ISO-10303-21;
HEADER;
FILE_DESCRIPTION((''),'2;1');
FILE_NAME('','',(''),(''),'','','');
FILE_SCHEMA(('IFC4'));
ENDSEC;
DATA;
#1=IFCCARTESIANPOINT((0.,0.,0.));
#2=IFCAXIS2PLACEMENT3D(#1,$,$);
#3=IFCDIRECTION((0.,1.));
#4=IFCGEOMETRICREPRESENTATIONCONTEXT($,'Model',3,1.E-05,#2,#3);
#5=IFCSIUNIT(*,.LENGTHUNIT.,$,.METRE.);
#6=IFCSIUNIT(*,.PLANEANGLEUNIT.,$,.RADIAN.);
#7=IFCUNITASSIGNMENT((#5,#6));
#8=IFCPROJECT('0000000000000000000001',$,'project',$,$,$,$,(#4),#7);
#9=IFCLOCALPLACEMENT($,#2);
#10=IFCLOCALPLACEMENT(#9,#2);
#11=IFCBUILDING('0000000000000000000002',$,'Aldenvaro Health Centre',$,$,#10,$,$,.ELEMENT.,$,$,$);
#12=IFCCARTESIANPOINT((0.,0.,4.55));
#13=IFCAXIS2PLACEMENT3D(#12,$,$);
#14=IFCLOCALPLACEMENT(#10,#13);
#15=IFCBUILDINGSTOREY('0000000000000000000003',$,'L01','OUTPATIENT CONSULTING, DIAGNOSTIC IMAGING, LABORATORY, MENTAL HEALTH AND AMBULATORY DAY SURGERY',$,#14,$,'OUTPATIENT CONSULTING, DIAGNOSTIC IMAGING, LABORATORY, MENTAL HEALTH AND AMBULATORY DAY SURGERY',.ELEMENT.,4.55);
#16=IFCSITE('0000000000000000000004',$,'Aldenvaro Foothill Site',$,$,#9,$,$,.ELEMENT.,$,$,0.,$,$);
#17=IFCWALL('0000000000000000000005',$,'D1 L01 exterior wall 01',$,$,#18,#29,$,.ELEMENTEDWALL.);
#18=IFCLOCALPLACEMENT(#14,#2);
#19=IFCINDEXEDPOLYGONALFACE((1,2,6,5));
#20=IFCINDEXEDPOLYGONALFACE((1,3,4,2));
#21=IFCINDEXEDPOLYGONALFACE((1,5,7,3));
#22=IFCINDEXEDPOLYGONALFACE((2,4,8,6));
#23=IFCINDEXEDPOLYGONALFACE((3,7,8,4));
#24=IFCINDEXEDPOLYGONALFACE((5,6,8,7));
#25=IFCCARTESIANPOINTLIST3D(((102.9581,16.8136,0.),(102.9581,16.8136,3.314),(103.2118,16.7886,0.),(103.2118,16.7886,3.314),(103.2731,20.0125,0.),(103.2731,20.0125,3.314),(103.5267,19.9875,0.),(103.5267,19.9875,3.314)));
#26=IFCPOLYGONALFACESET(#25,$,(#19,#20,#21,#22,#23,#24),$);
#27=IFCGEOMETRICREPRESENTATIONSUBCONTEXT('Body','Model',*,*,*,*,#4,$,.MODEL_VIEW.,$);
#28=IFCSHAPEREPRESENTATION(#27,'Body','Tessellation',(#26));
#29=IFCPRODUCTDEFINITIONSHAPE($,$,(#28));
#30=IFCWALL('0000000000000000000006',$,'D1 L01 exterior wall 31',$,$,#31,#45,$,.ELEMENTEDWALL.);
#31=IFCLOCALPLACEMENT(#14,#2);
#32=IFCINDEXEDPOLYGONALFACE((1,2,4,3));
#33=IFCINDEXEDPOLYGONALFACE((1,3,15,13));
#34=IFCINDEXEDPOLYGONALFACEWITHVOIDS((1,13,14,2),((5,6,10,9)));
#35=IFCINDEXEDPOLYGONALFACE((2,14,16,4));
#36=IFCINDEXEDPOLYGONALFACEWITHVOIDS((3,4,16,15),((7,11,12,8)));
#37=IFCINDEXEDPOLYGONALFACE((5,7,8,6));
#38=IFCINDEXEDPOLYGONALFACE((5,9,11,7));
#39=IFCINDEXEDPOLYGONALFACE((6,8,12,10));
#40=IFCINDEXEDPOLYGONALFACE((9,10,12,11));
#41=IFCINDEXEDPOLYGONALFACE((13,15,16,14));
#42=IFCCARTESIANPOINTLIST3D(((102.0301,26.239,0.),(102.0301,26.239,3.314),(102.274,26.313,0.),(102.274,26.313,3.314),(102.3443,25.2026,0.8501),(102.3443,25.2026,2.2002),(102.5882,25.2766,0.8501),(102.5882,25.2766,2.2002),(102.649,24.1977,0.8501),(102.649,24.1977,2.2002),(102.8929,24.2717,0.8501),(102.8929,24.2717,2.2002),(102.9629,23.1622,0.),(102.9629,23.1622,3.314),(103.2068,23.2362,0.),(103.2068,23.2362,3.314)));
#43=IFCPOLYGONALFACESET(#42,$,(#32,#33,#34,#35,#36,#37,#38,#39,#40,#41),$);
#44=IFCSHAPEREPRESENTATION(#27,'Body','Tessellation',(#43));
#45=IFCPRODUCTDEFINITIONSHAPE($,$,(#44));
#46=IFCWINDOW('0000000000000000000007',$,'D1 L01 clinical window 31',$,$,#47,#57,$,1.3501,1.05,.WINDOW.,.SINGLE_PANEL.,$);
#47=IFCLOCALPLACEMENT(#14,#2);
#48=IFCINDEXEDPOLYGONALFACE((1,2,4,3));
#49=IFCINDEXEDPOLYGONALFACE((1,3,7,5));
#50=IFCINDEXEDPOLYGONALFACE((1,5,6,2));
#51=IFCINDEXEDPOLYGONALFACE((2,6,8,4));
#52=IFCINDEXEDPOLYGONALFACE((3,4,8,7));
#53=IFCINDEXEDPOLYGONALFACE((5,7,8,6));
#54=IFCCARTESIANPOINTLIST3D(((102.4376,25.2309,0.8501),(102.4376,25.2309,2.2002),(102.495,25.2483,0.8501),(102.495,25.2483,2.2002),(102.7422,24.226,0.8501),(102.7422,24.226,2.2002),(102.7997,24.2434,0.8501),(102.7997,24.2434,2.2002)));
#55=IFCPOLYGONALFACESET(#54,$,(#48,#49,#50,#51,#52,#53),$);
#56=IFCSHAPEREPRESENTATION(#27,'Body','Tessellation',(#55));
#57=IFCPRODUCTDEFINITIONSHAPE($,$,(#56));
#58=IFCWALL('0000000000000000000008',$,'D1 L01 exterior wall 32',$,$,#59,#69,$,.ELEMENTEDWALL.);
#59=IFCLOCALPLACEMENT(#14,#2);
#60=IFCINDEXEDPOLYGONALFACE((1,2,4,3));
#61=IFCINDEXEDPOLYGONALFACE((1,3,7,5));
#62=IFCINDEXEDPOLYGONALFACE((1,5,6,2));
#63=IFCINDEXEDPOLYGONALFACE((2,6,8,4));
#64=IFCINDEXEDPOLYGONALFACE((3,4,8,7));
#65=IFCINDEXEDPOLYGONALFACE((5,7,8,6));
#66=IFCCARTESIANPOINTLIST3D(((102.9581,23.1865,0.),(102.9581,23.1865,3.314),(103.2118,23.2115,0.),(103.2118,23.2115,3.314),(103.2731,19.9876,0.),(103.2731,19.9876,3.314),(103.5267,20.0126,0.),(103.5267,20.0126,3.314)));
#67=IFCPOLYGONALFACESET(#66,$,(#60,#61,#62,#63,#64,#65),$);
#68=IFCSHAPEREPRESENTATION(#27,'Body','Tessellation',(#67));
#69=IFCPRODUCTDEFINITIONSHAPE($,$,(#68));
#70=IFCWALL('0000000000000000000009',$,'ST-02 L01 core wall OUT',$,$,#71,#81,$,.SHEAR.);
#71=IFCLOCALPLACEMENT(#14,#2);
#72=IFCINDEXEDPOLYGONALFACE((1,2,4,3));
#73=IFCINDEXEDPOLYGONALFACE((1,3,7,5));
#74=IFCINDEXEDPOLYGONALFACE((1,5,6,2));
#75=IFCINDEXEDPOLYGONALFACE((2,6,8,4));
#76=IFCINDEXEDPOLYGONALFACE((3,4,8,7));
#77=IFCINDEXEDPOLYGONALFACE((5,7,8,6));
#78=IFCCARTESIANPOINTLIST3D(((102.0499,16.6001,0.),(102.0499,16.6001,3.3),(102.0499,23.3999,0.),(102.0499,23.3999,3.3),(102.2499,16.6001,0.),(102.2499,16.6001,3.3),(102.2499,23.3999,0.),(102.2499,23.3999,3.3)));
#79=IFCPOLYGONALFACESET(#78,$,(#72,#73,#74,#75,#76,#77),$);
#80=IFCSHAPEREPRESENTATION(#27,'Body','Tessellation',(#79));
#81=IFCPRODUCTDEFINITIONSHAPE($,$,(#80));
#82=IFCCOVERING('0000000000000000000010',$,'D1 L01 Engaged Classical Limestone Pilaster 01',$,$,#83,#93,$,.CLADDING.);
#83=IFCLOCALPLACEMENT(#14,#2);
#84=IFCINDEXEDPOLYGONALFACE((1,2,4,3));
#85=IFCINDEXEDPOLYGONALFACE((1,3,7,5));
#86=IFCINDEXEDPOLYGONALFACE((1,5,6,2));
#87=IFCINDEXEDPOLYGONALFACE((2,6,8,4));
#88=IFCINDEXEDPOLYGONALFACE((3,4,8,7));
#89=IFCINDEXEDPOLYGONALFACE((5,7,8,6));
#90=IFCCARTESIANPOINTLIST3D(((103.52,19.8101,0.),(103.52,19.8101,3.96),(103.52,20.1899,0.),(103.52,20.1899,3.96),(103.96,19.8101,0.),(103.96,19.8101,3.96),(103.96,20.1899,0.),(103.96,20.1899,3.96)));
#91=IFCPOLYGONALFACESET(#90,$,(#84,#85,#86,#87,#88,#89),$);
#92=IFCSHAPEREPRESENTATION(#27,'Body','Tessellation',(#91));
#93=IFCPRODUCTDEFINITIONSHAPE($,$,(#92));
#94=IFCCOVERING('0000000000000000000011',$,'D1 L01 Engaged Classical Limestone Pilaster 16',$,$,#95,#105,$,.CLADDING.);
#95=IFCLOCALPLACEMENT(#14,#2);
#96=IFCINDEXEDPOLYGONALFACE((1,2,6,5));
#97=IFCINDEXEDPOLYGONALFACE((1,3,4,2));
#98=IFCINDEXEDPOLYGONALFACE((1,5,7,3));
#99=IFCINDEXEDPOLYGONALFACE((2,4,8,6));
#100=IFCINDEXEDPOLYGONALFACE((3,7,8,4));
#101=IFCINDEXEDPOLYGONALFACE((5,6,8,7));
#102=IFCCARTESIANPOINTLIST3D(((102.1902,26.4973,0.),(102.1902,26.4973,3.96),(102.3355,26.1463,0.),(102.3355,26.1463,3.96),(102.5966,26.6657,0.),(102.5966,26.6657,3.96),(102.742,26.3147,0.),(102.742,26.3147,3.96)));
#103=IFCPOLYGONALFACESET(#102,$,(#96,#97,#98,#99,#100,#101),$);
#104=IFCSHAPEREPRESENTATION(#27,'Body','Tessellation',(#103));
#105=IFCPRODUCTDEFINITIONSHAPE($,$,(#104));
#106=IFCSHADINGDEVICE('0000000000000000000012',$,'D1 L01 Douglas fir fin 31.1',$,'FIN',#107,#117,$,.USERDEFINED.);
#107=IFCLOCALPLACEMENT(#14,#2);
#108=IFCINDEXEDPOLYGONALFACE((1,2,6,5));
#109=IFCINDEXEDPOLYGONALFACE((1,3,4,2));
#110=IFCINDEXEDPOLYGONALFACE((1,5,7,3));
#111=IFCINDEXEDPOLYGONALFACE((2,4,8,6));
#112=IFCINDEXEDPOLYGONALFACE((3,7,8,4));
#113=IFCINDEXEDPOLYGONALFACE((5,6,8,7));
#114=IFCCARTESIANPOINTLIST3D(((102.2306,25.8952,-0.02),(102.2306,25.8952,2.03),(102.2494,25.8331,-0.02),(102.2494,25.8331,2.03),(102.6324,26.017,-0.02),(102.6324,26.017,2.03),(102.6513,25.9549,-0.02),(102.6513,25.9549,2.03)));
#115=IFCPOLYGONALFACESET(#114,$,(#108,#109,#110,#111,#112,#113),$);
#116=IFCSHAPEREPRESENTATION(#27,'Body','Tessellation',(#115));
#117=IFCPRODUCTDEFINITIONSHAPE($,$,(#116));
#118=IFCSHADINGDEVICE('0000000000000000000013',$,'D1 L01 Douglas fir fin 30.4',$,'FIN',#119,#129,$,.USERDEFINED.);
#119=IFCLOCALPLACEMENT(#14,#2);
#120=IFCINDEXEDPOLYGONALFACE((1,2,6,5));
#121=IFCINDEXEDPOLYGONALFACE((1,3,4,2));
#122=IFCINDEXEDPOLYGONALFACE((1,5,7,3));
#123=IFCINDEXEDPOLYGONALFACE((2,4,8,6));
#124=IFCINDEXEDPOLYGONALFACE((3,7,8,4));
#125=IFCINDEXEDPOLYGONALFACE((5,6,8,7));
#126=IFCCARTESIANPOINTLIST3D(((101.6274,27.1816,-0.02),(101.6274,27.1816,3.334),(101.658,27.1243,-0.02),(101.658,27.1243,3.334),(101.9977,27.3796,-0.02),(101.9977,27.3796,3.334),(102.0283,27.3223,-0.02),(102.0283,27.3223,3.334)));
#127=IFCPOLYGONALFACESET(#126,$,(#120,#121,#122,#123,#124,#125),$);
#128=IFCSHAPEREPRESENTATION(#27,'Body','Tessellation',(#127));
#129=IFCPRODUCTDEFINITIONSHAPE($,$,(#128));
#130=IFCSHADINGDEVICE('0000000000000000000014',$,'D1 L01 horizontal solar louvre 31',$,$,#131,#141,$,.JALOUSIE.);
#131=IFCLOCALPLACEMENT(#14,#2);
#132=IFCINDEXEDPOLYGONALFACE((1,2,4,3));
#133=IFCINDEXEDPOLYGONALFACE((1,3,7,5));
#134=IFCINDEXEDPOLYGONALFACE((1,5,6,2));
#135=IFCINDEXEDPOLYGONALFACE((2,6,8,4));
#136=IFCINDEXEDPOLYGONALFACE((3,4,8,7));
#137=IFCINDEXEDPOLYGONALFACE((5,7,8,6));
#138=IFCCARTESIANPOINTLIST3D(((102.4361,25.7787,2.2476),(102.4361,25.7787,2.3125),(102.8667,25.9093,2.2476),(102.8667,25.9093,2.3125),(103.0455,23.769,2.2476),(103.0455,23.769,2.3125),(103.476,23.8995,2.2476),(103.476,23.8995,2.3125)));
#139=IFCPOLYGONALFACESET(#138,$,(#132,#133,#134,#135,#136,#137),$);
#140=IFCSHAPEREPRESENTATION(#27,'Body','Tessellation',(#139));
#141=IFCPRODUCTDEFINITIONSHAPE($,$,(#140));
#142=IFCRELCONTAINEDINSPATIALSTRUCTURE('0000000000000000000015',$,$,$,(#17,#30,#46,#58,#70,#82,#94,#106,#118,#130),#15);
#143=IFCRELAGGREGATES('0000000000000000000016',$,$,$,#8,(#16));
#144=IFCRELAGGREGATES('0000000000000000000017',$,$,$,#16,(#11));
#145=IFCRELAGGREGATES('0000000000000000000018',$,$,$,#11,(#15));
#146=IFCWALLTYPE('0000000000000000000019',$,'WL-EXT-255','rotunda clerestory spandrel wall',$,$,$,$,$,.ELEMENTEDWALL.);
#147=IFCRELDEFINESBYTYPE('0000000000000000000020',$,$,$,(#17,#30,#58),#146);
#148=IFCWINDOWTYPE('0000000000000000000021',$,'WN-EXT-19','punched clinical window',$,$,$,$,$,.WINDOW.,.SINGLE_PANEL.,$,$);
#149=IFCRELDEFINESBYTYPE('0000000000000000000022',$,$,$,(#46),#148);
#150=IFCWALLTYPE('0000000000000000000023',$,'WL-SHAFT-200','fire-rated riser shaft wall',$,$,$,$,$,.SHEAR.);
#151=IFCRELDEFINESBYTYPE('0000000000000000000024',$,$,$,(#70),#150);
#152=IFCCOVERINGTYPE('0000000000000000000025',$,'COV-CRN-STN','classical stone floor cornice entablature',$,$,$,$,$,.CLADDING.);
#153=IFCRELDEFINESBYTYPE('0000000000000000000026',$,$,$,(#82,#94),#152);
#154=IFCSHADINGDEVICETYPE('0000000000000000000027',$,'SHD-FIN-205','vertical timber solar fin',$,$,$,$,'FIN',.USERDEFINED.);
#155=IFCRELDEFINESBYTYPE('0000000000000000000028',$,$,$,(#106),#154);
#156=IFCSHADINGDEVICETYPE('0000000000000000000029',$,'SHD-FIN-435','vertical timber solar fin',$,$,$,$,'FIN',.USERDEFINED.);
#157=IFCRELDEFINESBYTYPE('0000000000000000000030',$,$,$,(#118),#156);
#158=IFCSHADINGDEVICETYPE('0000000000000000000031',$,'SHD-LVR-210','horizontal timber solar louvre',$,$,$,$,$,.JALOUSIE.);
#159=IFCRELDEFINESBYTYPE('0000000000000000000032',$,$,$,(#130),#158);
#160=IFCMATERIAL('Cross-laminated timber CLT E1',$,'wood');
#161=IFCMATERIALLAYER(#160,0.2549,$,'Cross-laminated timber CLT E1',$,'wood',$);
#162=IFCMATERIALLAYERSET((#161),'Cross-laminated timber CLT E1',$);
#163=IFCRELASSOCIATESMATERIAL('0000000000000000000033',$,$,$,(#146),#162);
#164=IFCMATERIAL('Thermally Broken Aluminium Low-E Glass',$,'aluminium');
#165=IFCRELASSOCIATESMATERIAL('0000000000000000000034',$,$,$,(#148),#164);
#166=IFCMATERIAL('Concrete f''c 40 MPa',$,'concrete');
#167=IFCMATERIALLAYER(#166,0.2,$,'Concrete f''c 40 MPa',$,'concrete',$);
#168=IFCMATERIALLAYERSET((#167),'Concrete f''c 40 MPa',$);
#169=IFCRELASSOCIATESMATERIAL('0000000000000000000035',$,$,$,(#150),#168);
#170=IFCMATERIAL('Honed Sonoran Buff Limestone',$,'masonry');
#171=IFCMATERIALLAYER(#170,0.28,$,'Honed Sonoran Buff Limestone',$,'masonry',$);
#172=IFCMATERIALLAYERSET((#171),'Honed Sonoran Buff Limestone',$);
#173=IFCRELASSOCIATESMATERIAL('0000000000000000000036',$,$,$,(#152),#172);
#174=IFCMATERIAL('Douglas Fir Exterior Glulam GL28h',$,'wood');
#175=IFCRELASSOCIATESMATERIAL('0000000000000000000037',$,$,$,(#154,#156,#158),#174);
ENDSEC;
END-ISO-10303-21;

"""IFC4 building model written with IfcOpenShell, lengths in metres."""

from ifc_helpers import new_model, si_unit, direction, frame, frame_2d, origin, origin_2d, place, context, subcontext, project, spatial, rectangle, extrude, material, layer, layer_set, type_object, element, fill, save


model = new_model("IFC4")

# Units and contexts
model_context = context("Model", 3, precision=1e-05, world=origin(), true_north=direction((0.0, 1.0)))
body_context = subcontext(model_context, "Body", "Model", "MODEL_VIEW")
ifc_project = project(units=[si_unit("LENGTHUNIT", "METRE"), si_unit("PLANEANGLEUNIT", "RADIAN")], contexts=[model_context])

# Site, building, storey
site_placement = place(None, origin())
site = spatial("IfcSite", under=ifc_project, at=site_placement, Name="Aldenvaro Foothill Site", CompositionType="ELEMENT", RefElevation=0.0)
building_placement = place(site_placement, origin())
building = spatial("IfcBuilding", under=site, at=building_placement, Name="Aldenvaro Health Centre", CompositionType="ELEMENT")
storey_placement = place(building_placement, frame((0.0, 0.0, 4.55)))
storey = spatial("IfcBuildingStorey", under=building, at=storey_placement, Name="L01", Description="OUTPATIENT CONSULTING, DIAGNOSTIC IMAGING, LABORATORY, MENTAL HEALTH AND AMBULATORY DAY SURGERY", LongName="OUTPATIENT CONSULTING, DIAGNOSTIC IMAGING, LABORATORY, MENTAL HEALTH AND AMBULATORY DAY SURGERY", CompositionType="ELEMENT", Elevation=4.55)

# Shared definitions
ifc_material_1 = material(Name="Concrete f'c 40 MPa", Category="concrete")

# Wall
ifc_material_2 = material(Name="Cross-laminated timber CLT E1", Category="wood")
ifc_layer_1 = layer(ifc_material_2, 0.2549, Name="Cross-laminated timber CLT E1", Category="wood")
ifc_layer_set_1 = layer_set([ifc_layer_1], Name="Cross-laminated timber CLT E1")
wall_type_1 = type_object("IfcWallType", Name="WL-EXT-255", Description="rotunda clerestory spandrel wall", PredefinedType="ELEMENTEDWALL", material=ifc_layer_set_1)
wall_1_placement = place(storey_placement, frame((103.3999, 20.0, 0.0), z_axis=(0.0, 0.0, 1.0), x_axis=(-0.097977, -0.995189, 0.0)))
element("IfcWall", 1, at=wall_1_placement, inside=storey, type_object=wall_type_1, Name="D1 L01 exterior wall 01", PredefinedType="ELEMENTEDWALL", context=body_context, shape_type="SweptSolid", body=[
    extrude(rectangle(XDim=3.2144, YDim=0.2549, at=frame_2d((1.6072, 0.0))), origin(), (0.0, 0.0, 1.0), 3.314),
])

# Wall, opening, window
wall_2_placement = place(storey_placement, frame((102.1521, 26.2759, 0.0), z_axis=(0.0, 0.0, 1.0), x_axis=(0.29014, -0.956984, 0.0)))
wall_2 = element("IfcWall", 2, at=wall_2_placement, inside=storey, type_object=wall_type_1, Name="D1 L01 exterior wall 31", PredefinedType="ELEMENTEDWALL", context=body_context, shape_type="SweptSolid", body=[
    extrude(rectangle(XDim=3.2151, YDim=0.2549, at=frame_2d((1.6074, 0.0))), origin(), (0.0, 0.0, 1.0), 3.314),
])
opening_placement = place(wall_2_placement, frame((1.083, 0.0, 0.8501)))
opening = element("IfcOpeningElement", 3, at=opening_placement, cuts=wall_2, PredefinedType="OPENING", context=body_context, shape_type="SweptSolid", body=[
    extrude(rectangle(XDim=1.05, YDim=1.3501, at=frame_2d((0.5249, 0.675))), frame((0.0, 0.1375, 0.0), z_axis=(0.0, -1.0, 0.0), x_axis=(1.0, 0.0, 0.0)), (0.0, 0.0, 1.0), 0.2749),
])
ifc_material_3 = material(Name="Thermally Broken Aluminium Low-E Glass", Category="aluminium")
window_type = type_object("IfcWindowType", Name="WN-EXT-19", Description="punched clinical window", PartitioningType="SINGLE_PANEL", PredefinedType="WINDOW", material=ifc_material_3)
window_placement = place(opening_placement, origin())
window = element("IfcWindow", 4, at=window_placement, inside=storey, type_object=window_type, Name="D1 L01 clinical window 31", OverallHeight=1.3501, OverallWidth=1.05, PartitioningType="SINGLE_PANEL", PredefinedType="WINDOW", context=body_context, shape_type="SweptSolid", body=[
    extrude(rectangle(XDim=1.05, YDim=1.3501, at=frame_2d((0.5249, 0.675))), frame((0.0, 0.03, 0.0), z_axis=(0.0, -1.0, 0.0), x_axis=(1.0, 0.0, 0.0)), (0.0, 0.0, 1.0), 0.0601),
])
fill(opening, window)

# Walls
wall_3_placement = place(storey_placement, frame((103.085, 23.199, 0.0), z_axis=(0.0, 0.0, 1.0), x_axis=(0.097977, -0.995189, 0.0)))
element("IfcWall", 5, at=wall_3_placement, inside=storey, type_object=wall_type_1, Name="D1 L01 exterior wall 32", PredefinedType="ELEMENTEDWALL", context=body_context, shape_type="SweptSolid", body=[
    extrude(rectangle(XDim=3.2144, YDim=0.2549, at=frame_2d((1.6072, 0.0))), origin(), (0.0, 0.0, 1.0), 3.314),
])
ifc_layer_2 = layer(ifc_material_1, 0.2, Name="Concrete f'c 40 MPa", Category="concrete")
ifc_layer_set_2 = layer_set([ifc_layer_2], Name="Concrete f'c 40 MPa")
wall_type_2 = type_object("IfcWallType", Name="WL-SHAFT-200", Description="fire-rated riser shaft wall", PredefinedType="SHEAR", material=ifc_layer_set_2)
wall_4_placement = place(storey_placement, frame((102.1499, 23.3999, 0.0), z_axis=(0.0, 0.0, 1.0), x_axis=(0.0, -1.0, 0.0)))
element("IfcWall", 6, at=wall_4_placement, inside=storey, type_object=wall_type_2, Name="ST-02 L01 core wall OUT", PredefinedType="SHEAR", context=body_context, shape_type="SweptSolid", body=[
    extrude(rectangle(XDim=6.7998, YDim=0.2, at=frame_2d((3.3999, 0.0))), origin(), (0.0, 0.0, 1.0), 3.3),
])

# Coverings
ifc_material_4 = material(Name="Honed Sonoran Buff Limestone", Category="masonry")
ifc_layer_3 = layer(ifc_material_4, 0.28, Name="Honed Sonoran Buff Limestone", Category="masonry")
ifc_layer_set_3 = layer_set([ifc_layer_3], Name="Honed Sonoran Buff Limestone")
covering_type = type_object("IfcCoveringType", Name="COV-CRN-STN", Description="classical stone floor cornice entablature", PredefinedType="CLADDING", material=ifc_layer_set_3)
for number, where, z_axis, x_axis, name in (
    (7, (103.74, 20.0, 0.0), (0.0, 0.0, 1.0), (1.0, 0.0, 0.0), "D1 L01 Engaged Classical Limestone Pilaster 01"),
    (8, (102.4661, 26.406, 0.0), (0.0, 0.0, 1.0), (0.923883, 0.382675, 0.0), "D1 L01 Engaged Classical Limestone Pilaster 16"),
):
    element("IfcCovering", number, at=place(storey_placement, frame(where, z_axis=z_axis, x_axis=x_axis)), inside=storey, type_object=covering_type, Name=name, PredefinedType="CLADDING", context=body_context, shape_type="SweptSolid", body=[
        extrude(rectangle(XDim=0.4399, YDim=0.3799, at=origin_2d()), origin(), (0.0, 0.0, 1.0), 3.96),
    ])

# Shading devices
ifc_material_5 = material(Name="Douglas Fir Exterior Glulam GL28h", Category="wood")
shading_device_type_1 = type_object("IfcShadingDeviceType", Name="SHD-FIN-205", Description="vertical timber solar fin", ElementType="FIN", PredefinedType="USERDEFINED", material=ifc_material_5)
shading_device_1_placement = place(storey_placement, frame((102.4409, 25.925, -0.02), z_axis=(0.0, 0.0, 1.0), x_axis=(0.290171, -0.956975, 0.0)))
element("IfcShadingDevice", 9, at=shading_device_1_placement, inside=storey, type_object=shading_device_type_1, Name="D1 L01 Douglas fir fin 31.1", ObjectType="FIN", PredefinedType="USERDEFINED", context=body_context, shape_type="SweptSolid", body=[
    extrude(rectangle(XDim=0.0649, YDim=0.4199, at=origin_2d()), origin(), (0.0, 0.0, 1.0), 2.05),
])
shading_device_type_2 = type_object("IfcShadingDeviceType", Name="SHD-FIN-435", Description="vertical timber solar fin", ElementType="FIN", PredefinedType="USERDEFINED", material=ifc_material_5)
shading_device_2_placement = place(storey_placement, frame((101.8279, 27.252, -0.02), z_axis=(0.0, 0.0, 1.0), x_axis=(0.471557, -0.881836, 0.0)))
element("IfcShadingDevice", 10, at=shading_device_2_placement, inside=storey, type_object=shading_device_type_2, Name="D1 L01 Douglas fir fin 30.4", ObjectType="FIN", PredefinedType="USERDEFINED", context=body_context, shape_type="SweptSolid", body=[
    extrude(rectangle(XDim=0.0649, YDim=0.4199, at=origin_2d()), origin(), (0.0, 0.0, 1.0), 3.354),
])
shading_device_type_3 = type_object("IfcShadingDeviceType", Name="SHD-LVR-210", Description="horizontal timber solar louvre", PredefinedType="JALOUSIE", material=ifc_material_5)
shading_device_3_placement = place(storey_placement, frame((102.9561, 24.8391, 2.2476), z_axis=(0.0, 0.0, 1.0), x_axis=(0.290171, -0.956975, 0.0)))
element("IfcShadingDevice", 11, at=shading_device_3_placement, inside=storey, type_object=shading_device_type_3, Name="D1 L01 horizontal solar louvre 31", PredefinedType="JALOUSIE", context=body_context, shape_type="SweptSolid", body=[
    extrude(rectangle(XDim=2.1001, YDim=0.45, at=origin_2d()), origin(), (0.0, 0.0, 1.0), 0.0649),
])

save(model, "model.ifc")
